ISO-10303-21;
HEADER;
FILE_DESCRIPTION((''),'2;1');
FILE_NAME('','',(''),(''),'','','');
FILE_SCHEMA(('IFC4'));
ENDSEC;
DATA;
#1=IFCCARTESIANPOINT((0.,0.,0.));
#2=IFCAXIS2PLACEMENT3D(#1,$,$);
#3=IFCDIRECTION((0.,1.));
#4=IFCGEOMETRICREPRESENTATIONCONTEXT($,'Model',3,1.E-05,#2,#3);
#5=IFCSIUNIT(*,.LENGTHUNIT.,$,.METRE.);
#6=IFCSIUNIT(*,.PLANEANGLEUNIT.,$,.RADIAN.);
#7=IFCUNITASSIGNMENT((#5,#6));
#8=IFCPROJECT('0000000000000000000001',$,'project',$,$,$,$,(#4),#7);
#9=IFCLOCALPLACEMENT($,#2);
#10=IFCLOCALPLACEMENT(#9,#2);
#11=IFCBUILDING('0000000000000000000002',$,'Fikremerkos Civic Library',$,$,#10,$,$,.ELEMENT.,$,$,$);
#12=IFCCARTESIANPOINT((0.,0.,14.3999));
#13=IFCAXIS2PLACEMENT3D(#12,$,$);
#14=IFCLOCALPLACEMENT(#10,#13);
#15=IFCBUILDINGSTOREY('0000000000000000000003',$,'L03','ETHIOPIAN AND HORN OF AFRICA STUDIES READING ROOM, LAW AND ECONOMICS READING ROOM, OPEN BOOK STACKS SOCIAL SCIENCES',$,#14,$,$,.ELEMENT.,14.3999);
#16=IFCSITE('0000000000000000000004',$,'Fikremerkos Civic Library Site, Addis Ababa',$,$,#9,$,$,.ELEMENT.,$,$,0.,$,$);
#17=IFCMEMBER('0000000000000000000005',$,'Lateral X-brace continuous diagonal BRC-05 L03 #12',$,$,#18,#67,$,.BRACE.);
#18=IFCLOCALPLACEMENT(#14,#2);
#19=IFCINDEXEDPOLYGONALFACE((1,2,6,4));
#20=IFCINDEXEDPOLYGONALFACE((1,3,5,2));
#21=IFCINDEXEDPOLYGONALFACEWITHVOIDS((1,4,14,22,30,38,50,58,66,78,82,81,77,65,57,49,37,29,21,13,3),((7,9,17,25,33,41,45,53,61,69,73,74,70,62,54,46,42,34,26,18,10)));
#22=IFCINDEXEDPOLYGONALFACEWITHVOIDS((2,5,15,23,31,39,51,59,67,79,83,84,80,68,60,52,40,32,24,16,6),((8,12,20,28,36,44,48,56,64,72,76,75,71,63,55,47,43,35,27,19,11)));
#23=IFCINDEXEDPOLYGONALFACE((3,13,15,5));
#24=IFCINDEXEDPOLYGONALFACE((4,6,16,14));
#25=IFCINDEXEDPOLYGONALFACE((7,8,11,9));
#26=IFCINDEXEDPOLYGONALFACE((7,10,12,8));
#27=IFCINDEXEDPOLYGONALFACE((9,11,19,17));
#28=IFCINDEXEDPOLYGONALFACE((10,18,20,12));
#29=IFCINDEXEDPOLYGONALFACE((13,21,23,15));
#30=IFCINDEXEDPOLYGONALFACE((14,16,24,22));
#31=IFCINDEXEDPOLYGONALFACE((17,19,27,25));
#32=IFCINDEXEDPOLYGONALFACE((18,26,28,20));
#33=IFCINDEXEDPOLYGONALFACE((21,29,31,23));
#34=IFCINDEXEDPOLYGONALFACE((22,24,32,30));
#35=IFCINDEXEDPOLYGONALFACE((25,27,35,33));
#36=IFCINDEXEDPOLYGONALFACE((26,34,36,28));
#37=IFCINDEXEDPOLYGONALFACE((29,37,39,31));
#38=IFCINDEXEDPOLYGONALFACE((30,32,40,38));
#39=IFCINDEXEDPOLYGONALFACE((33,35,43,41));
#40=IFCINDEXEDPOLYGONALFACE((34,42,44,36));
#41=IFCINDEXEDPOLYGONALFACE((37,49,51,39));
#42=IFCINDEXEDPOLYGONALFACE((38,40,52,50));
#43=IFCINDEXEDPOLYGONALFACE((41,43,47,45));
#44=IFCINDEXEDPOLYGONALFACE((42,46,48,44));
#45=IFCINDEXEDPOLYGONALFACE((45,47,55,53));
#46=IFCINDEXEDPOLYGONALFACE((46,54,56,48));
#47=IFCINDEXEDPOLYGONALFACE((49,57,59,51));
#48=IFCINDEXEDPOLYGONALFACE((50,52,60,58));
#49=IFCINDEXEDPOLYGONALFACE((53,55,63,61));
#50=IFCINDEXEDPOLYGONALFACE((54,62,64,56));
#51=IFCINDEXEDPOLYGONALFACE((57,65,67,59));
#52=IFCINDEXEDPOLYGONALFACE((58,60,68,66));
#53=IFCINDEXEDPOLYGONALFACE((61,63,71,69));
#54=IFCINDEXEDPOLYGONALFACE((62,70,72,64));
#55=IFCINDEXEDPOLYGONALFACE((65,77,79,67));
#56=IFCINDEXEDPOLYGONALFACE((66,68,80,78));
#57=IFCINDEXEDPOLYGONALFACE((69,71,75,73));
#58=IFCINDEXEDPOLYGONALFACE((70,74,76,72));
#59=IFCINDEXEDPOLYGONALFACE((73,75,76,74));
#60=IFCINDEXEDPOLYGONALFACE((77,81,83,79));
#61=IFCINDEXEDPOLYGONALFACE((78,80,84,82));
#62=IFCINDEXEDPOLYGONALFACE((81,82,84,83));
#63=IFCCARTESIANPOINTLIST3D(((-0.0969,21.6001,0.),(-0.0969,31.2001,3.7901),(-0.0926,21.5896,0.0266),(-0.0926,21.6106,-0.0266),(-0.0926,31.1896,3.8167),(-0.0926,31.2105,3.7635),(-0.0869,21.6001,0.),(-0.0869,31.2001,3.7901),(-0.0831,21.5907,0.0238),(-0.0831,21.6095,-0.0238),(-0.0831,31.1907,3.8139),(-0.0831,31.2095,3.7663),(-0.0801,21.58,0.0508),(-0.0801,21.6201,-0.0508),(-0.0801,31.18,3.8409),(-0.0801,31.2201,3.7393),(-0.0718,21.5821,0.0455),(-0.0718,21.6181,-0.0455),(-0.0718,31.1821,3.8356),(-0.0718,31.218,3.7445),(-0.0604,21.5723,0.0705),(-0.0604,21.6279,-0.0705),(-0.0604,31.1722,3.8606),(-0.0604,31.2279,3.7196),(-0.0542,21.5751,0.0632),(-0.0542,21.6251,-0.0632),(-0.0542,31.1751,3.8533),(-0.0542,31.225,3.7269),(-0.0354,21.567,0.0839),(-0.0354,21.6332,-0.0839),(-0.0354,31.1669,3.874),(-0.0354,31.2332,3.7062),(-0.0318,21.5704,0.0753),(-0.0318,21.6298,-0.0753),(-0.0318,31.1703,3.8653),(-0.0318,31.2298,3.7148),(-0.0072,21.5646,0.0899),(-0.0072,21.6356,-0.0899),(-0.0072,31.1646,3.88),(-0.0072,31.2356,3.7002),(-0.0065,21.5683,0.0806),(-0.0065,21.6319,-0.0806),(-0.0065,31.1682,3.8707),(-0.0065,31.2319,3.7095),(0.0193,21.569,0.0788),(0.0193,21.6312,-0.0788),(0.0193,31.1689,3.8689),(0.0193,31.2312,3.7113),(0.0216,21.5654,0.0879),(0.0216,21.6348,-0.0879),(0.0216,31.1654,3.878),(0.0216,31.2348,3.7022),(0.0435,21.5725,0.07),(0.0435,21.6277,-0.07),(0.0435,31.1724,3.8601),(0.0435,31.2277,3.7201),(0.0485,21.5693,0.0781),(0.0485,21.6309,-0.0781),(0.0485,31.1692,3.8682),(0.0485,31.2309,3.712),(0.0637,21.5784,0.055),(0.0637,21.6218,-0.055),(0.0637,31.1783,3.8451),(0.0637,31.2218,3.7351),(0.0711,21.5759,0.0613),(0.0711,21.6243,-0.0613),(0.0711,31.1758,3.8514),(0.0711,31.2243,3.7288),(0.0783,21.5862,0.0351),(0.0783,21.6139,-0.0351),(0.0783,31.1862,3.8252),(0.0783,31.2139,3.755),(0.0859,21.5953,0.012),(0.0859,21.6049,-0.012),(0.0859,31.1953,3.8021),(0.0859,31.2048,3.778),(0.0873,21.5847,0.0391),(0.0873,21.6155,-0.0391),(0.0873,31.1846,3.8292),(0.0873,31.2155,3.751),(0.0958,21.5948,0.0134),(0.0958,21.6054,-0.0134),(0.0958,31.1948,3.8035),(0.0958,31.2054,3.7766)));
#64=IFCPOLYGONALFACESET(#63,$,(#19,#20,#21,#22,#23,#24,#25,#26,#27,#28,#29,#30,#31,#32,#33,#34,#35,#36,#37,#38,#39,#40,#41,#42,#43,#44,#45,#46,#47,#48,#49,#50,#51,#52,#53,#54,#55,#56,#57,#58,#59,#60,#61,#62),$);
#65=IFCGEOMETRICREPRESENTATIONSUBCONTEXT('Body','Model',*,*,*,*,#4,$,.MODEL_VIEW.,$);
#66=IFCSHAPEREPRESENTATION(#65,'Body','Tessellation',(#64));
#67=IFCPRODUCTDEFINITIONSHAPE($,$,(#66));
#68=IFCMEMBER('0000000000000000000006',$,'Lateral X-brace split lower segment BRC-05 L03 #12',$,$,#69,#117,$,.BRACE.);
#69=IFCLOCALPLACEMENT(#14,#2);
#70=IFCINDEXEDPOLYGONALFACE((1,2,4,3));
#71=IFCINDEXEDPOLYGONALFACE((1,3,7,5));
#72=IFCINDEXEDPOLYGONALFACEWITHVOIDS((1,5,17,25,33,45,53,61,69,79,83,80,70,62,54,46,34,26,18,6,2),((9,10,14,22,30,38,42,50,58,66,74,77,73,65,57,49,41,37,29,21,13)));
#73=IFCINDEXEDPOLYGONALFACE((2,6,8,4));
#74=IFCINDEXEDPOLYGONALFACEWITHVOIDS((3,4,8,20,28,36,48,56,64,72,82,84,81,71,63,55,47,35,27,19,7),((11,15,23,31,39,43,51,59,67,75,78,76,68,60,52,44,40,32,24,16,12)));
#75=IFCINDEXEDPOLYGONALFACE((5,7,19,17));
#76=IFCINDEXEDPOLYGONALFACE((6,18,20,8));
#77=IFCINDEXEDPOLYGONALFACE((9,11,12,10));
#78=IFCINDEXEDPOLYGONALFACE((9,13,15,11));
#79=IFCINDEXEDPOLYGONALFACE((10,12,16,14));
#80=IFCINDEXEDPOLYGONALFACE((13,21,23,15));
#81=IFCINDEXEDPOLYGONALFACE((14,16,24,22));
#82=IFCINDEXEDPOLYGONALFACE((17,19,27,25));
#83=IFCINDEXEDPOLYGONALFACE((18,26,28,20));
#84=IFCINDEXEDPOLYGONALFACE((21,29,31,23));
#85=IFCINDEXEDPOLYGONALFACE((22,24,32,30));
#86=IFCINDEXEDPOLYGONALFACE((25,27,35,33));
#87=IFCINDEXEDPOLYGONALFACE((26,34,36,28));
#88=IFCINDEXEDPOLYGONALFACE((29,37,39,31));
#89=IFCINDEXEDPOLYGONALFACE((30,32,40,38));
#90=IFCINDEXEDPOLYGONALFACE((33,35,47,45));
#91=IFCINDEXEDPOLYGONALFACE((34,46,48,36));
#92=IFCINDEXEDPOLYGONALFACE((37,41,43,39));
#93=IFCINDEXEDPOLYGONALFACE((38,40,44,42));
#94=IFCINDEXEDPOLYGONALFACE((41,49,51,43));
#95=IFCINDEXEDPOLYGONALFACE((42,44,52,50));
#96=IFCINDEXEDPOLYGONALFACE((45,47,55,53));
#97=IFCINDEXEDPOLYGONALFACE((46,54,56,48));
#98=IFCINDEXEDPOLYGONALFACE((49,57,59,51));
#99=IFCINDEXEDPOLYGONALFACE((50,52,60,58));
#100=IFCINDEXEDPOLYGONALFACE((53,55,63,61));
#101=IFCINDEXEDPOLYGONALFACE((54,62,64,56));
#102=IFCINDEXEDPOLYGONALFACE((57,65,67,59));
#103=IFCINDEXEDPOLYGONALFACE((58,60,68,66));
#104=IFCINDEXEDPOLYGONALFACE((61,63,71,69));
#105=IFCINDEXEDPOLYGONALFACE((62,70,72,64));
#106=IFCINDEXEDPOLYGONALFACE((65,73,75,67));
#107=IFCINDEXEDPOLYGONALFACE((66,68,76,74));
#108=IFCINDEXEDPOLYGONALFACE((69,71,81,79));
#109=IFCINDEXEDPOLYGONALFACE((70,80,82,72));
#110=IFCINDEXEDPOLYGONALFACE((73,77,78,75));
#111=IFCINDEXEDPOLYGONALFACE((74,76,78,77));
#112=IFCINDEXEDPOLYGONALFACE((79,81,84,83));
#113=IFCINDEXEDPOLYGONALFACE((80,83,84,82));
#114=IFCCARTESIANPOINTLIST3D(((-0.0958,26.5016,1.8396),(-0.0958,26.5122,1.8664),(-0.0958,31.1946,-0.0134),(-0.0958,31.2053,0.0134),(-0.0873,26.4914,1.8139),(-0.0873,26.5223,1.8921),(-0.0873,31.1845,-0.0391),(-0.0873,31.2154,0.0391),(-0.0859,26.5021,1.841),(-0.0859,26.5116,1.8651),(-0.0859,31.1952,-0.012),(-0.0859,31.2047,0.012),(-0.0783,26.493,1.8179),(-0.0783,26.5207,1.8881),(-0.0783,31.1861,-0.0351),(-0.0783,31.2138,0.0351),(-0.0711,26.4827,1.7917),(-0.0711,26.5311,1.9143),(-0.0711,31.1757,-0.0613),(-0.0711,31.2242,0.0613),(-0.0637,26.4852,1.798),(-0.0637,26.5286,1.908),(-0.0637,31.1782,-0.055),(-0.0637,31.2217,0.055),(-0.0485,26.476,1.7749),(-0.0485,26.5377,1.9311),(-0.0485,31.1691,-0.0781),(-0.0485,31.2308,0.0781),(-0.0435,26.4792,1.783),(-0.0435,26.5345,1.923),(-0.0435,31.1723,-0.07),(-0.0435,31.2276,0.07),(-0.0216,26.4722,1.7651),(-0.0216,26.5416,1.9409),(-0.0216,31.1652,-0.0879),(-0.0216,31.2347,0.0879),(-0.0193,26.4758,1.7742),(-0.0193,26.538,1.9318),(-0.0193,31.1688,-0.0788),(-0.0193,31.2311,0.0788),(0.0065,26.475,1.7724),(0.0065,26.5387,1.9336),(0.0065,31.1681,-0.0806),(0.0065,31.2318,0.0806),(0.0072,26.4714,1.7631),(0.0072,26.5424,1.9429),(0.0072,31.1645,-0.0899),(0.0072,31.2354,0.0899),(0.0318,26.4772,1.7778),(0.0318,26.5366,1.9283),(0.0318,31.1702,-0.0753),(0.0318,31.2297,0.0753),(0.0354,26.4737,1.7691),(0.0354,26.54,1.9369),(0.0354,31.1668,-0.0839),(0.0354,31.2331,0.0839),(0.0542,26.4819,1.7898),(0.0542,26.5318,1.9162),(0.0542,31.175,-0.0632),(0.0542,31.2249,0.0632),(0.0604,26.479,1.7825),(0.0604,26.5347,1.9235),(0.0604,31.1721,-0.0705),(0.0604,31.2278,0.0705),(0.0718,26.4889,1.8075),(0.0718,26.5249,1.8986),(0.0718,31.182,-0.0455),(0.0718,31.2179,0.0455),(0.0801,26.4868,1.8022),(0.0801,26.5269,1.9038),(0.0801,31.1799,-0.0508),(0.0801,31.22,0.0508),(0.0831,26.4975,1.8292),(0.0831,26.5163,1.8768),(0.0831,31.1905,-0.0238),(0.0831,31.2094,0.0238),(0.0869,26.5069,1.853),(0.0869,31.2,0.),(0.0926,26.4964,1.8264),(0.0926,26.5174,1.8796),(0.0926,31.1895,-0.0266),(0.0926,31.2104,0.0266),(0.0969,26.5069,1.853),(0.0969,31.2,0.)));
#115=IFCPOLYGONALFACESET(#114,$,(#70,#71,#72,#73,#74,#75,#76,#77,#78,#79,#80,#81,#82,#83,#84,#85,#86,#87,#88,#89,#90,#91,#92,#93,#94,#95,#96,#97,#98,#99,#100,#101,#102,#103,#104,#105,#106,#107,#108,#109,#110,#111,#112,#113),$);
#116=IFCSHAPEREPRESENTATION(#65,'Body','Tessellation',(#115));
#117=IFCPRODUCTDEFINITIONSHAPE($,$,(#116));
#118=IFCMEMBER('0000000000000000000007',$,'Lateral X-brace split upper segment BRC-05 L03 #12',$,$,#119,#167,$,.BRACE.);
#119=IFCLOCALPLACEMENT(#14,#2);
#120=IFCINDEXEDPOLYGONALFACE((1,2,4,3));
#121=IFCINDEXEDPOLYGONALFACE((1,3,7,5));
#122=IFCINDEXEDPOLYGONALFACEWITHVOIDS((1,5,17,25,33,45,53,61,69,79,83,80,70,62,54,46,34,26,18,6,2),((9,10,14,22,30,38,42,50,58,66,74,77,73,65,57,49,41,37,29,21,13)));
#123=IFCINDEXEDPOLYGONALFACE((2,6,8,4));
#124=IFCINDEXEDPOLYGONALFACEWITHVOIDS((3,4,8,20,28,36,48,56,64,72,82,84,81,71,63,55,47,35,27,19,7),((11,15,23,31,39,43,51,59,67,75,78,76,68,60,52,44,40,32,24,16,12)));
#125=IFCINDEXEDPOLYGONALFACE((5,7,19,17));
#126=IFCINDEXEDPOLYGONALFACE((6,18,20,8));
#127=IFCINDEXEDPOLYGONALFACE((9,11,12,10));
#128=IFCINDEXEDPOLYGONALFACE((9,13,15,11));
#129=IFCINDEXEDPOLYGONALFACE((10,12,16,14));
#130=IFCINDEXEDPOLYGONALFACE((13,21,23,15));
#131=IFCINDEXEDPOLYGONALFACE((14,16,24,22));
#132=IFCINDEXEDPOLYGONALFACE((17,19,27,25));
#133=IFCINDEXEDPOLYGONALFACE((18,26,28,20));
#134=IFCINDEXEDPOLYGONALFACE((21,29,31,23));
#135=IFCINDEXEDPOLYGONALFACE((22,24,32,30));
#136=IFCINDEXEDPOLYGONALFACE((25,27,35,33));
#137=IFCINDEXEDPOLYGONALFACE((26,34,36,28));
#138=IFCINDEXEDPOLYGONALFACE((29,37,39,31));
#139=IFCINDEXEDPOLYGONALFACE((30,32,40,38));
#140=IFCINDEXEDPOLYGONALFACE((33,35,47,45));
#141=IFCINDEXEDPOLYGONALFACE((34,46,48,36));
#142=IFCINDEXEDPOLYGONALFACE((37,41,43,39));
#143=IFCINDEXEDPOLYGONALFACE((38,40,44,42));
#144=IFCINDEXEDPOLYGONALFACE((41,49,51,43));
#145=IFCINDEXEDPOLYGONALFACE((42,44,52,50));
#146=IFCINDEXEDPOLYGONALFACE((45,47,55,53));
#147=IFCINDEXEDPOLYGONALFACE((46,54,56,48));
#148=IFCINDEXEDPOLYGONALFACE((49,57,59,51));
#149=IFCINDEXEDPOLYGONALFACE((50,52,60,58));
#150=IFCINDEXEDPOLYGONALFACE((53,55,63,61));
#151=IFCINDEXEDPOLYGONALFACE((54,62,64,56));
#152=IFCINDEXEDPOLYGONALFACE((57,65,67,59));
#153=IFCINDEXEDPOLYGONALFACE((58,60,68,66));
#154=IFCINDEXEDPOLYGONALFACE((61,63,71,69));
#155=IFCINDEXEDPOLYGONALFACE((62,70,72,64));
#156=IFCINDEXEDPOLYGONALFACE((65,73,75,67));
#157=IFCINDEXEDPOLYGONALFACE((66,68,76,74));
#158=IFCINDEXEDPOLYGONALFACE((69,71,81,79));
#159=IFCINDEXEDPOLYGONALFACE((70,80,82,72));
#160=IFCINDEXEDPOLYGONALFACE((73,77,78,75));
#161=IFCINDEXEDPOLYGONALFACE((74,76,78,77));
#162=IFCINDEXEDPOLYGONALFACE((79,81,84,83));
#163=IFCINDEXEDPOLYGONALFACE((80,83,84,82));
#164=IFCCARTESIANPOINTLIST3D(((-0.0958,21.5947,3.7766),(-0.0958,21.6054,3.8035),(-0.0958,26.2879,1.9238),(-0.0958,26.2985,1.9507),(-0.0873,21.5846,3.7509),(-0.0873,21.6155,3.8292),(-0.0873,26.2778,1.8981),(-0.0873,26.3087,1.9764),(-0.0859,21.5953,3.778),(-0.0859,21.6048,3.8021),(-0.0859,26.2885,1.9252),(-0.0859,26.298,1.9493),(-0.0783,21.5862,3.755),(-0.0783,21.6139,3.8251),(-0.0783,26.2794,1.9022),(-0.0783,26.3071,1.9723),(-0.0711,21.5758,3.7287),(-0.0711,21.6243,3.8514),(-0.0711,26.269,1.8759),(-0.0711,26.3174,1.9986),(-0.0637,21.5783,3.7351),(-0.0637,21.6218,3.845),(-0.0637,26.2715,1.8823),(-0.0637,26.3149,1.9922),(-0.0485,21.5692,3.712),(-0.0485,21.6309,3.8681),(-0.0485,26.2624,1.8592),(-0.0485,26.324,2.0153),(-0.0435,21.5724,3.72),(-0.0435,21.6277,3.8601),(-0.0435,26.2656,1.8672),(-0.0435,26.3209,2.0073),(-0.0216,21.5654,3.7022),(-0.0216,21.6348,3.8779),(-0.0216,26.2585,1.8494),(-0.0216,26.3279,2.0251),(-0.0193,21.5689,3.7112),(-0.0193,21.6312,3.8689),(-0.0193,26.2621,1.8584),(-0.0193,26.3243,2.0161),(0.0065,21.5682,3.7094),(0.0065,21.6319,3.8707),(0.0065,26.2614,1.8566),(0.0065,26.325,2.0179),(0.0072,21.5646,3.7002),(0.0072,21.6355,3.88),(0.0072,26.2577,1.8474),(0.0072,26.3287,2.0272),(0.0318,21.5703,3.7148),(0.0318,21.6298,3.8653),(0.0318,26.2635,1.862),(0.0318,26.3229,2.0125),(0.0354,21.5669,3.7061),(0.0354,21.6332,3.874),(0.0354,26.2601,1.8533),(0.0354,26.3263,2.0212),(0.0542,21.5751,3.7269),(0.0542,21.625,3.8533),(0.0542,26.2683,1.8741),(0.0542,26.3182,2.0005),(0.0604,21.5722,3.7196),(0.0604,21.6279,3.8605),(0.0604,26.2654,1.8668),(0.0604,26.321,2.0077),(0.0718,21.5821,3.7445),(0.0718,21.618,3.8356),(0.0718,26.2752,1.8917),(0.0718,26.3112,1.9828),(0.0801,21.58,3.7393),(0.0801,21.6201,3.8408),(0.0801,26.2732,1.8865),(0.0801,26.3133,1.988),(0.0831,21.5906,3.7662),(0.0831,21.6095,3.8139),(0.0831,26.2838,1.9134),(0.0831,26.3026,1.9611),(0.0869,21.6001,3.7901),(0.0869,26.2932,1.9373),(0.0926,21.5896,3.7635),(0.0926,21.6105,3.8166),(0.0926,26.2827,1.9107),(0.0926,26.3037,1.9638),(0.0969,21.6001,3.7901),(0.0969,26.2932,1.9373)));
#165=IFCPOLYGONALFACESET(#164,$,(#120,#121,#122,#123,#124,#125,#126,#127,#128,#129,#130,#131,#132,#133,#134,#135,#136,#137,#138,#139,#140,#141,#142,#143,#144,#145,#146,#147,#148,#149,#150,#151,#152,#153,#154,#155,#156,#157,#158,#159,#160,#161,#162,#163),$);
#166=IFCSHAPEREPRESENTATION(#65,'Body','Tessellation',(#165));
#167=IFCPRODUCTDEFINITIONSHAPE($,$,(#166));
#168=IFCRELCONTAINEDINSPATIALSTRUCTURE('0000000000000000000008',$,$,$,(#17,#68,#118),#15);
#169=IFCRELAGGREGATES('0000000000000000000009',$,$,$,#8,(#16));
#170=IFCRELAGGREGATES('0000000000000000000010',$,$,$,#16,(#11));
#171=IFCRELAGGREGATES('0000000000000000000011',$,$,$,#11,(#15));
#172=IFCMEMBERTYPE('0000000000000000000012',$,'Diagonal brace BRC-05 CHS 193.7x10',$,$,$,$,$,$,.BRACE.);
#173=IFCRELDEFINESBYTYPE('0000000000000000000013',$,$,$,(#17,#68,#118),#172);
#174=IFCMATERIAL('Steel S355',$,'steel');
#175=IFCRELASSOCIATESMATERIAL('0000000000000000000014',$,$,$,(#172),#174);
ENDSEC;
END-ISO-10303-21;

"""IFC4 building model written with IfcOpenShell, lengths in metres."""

from ifc_helpers import new_model, si_unit, direction, frame, origin, origin_2d, place, context, subcontext, project, spatial, hollow_circle, extrude, material, material_profile, profile_set, type_object, element, save


model = new_model("IFC4")

# Units and contexts
model_context = context("Model", 3, precision=1e-05, world=origin(), true_north=direction((0.0, 1.0)))
body_context = subcontext(model_context, "Body", "Model", "MODEL_VIEW")
ifc_project = project(units=[si_unit("LENGTHUNIT", "METRE"), si_unit("PLANEANGLEUNIT", "RADIAN")], contexts=[model_context])

# Site, building, storey
site_placement = place(None, origin())
site = spatial("IfcSite", under=ifc_project, at=site_placement, Name="Fikremerkos Civic Library Site, Addis Ababa", CompositionType="ELEMENT", RefElevation=0.0)
building_placement = place(site_placement, origin())
building = spatial("IfcBuilding", under=site, at=building_placement, Name="Fikremerkos Civic Library", CompositionType="ELEMENT")
storey_placement = place(building_placement, frame((0.0, 0.0, 14.3999)))
storey = spatial("IfcBuildingStorey", under=building, at=storey_placement, Name="L03", Description="ETHIOPIAN AND HORN OF AFRICA STUDIES READING ROOM, LAW AND ECONOMICS READING ROOM, OPEN BOOK STACKS SOCIAL SCIENCES", CompositionType="ELEMENT", Elevation=14.3999)

# Shared definitions
ifc_material_1 = material(Name="Steel S355", Category="steel")

# Members
ifc_material_profile_1 = material_profile(ifc_material_1, hollow_circle(Radius=0.0969, WallThickness=0.01, at=origin_2d()), Name="CHS 193.7x10")
ifc_profile_set_1 = profile_set([ifc_material_profile_1], Name="Steel S355")
member_type_1 = type_object("IfcMemberType", Name="Diagonal brace BRC-05 CHS 193.7x10", PredefinedType="BRACE", material=ifc_profile_set_1)
member_1_placement = place(storey_placement, frame((0.0, 21.6001, 0.0), z_axis=(0.0, 0.930135, 0.367219), x_axis=(-1.0, 0.0, 0.0)))
element("IfcMember", 1, at=member_1_placement, inside=storey, type_object=member_type_1, Name="Lateral X-brace continuous diagonal BRC-05 L03 #12", PredefinedType="BRACE", context=body_context, shape_type="SweptSolid", body=[
    extrude(hollow_circle(Radius=0.0969, WallThickness=0.01, at=origin_2d()), origin(), (0.0, 0.0, 1.0), 10.321),
])
for number, where, z_axis, x_axis, name in (
    (2, (0.0, 31.2, 0.0), (0.0, -0.930123, 0.367249), (1.0, 0.0, 0.0), "Lateral X-brace split lower segment BRC-05 L03 #12"),
    (3, (0.0, 26.2932, 1.9373), (0.0, -0.930139, 0.367207), (1.0, 0.0, 0.0), "Lateral X-brace split upper segment BRC-05 L03 #12"),
):
    element("IfcMember", number, at=place(storey_placement, frame(where, z_axis=z_axis, x_axis=x_axis)), inside=storey, type_object=member_type_1, Name=name, PredefinedType="BRACE", context=body_context, shape_type="SweptSolid", body=[
        extrude(hollow_circle(Radius=0.0969, WallThickness=0.01, at=origin_2d()), origin(), (0.0, 0.0, 1.0), 5.0457),
    ])

save(model, "model.ifc")
